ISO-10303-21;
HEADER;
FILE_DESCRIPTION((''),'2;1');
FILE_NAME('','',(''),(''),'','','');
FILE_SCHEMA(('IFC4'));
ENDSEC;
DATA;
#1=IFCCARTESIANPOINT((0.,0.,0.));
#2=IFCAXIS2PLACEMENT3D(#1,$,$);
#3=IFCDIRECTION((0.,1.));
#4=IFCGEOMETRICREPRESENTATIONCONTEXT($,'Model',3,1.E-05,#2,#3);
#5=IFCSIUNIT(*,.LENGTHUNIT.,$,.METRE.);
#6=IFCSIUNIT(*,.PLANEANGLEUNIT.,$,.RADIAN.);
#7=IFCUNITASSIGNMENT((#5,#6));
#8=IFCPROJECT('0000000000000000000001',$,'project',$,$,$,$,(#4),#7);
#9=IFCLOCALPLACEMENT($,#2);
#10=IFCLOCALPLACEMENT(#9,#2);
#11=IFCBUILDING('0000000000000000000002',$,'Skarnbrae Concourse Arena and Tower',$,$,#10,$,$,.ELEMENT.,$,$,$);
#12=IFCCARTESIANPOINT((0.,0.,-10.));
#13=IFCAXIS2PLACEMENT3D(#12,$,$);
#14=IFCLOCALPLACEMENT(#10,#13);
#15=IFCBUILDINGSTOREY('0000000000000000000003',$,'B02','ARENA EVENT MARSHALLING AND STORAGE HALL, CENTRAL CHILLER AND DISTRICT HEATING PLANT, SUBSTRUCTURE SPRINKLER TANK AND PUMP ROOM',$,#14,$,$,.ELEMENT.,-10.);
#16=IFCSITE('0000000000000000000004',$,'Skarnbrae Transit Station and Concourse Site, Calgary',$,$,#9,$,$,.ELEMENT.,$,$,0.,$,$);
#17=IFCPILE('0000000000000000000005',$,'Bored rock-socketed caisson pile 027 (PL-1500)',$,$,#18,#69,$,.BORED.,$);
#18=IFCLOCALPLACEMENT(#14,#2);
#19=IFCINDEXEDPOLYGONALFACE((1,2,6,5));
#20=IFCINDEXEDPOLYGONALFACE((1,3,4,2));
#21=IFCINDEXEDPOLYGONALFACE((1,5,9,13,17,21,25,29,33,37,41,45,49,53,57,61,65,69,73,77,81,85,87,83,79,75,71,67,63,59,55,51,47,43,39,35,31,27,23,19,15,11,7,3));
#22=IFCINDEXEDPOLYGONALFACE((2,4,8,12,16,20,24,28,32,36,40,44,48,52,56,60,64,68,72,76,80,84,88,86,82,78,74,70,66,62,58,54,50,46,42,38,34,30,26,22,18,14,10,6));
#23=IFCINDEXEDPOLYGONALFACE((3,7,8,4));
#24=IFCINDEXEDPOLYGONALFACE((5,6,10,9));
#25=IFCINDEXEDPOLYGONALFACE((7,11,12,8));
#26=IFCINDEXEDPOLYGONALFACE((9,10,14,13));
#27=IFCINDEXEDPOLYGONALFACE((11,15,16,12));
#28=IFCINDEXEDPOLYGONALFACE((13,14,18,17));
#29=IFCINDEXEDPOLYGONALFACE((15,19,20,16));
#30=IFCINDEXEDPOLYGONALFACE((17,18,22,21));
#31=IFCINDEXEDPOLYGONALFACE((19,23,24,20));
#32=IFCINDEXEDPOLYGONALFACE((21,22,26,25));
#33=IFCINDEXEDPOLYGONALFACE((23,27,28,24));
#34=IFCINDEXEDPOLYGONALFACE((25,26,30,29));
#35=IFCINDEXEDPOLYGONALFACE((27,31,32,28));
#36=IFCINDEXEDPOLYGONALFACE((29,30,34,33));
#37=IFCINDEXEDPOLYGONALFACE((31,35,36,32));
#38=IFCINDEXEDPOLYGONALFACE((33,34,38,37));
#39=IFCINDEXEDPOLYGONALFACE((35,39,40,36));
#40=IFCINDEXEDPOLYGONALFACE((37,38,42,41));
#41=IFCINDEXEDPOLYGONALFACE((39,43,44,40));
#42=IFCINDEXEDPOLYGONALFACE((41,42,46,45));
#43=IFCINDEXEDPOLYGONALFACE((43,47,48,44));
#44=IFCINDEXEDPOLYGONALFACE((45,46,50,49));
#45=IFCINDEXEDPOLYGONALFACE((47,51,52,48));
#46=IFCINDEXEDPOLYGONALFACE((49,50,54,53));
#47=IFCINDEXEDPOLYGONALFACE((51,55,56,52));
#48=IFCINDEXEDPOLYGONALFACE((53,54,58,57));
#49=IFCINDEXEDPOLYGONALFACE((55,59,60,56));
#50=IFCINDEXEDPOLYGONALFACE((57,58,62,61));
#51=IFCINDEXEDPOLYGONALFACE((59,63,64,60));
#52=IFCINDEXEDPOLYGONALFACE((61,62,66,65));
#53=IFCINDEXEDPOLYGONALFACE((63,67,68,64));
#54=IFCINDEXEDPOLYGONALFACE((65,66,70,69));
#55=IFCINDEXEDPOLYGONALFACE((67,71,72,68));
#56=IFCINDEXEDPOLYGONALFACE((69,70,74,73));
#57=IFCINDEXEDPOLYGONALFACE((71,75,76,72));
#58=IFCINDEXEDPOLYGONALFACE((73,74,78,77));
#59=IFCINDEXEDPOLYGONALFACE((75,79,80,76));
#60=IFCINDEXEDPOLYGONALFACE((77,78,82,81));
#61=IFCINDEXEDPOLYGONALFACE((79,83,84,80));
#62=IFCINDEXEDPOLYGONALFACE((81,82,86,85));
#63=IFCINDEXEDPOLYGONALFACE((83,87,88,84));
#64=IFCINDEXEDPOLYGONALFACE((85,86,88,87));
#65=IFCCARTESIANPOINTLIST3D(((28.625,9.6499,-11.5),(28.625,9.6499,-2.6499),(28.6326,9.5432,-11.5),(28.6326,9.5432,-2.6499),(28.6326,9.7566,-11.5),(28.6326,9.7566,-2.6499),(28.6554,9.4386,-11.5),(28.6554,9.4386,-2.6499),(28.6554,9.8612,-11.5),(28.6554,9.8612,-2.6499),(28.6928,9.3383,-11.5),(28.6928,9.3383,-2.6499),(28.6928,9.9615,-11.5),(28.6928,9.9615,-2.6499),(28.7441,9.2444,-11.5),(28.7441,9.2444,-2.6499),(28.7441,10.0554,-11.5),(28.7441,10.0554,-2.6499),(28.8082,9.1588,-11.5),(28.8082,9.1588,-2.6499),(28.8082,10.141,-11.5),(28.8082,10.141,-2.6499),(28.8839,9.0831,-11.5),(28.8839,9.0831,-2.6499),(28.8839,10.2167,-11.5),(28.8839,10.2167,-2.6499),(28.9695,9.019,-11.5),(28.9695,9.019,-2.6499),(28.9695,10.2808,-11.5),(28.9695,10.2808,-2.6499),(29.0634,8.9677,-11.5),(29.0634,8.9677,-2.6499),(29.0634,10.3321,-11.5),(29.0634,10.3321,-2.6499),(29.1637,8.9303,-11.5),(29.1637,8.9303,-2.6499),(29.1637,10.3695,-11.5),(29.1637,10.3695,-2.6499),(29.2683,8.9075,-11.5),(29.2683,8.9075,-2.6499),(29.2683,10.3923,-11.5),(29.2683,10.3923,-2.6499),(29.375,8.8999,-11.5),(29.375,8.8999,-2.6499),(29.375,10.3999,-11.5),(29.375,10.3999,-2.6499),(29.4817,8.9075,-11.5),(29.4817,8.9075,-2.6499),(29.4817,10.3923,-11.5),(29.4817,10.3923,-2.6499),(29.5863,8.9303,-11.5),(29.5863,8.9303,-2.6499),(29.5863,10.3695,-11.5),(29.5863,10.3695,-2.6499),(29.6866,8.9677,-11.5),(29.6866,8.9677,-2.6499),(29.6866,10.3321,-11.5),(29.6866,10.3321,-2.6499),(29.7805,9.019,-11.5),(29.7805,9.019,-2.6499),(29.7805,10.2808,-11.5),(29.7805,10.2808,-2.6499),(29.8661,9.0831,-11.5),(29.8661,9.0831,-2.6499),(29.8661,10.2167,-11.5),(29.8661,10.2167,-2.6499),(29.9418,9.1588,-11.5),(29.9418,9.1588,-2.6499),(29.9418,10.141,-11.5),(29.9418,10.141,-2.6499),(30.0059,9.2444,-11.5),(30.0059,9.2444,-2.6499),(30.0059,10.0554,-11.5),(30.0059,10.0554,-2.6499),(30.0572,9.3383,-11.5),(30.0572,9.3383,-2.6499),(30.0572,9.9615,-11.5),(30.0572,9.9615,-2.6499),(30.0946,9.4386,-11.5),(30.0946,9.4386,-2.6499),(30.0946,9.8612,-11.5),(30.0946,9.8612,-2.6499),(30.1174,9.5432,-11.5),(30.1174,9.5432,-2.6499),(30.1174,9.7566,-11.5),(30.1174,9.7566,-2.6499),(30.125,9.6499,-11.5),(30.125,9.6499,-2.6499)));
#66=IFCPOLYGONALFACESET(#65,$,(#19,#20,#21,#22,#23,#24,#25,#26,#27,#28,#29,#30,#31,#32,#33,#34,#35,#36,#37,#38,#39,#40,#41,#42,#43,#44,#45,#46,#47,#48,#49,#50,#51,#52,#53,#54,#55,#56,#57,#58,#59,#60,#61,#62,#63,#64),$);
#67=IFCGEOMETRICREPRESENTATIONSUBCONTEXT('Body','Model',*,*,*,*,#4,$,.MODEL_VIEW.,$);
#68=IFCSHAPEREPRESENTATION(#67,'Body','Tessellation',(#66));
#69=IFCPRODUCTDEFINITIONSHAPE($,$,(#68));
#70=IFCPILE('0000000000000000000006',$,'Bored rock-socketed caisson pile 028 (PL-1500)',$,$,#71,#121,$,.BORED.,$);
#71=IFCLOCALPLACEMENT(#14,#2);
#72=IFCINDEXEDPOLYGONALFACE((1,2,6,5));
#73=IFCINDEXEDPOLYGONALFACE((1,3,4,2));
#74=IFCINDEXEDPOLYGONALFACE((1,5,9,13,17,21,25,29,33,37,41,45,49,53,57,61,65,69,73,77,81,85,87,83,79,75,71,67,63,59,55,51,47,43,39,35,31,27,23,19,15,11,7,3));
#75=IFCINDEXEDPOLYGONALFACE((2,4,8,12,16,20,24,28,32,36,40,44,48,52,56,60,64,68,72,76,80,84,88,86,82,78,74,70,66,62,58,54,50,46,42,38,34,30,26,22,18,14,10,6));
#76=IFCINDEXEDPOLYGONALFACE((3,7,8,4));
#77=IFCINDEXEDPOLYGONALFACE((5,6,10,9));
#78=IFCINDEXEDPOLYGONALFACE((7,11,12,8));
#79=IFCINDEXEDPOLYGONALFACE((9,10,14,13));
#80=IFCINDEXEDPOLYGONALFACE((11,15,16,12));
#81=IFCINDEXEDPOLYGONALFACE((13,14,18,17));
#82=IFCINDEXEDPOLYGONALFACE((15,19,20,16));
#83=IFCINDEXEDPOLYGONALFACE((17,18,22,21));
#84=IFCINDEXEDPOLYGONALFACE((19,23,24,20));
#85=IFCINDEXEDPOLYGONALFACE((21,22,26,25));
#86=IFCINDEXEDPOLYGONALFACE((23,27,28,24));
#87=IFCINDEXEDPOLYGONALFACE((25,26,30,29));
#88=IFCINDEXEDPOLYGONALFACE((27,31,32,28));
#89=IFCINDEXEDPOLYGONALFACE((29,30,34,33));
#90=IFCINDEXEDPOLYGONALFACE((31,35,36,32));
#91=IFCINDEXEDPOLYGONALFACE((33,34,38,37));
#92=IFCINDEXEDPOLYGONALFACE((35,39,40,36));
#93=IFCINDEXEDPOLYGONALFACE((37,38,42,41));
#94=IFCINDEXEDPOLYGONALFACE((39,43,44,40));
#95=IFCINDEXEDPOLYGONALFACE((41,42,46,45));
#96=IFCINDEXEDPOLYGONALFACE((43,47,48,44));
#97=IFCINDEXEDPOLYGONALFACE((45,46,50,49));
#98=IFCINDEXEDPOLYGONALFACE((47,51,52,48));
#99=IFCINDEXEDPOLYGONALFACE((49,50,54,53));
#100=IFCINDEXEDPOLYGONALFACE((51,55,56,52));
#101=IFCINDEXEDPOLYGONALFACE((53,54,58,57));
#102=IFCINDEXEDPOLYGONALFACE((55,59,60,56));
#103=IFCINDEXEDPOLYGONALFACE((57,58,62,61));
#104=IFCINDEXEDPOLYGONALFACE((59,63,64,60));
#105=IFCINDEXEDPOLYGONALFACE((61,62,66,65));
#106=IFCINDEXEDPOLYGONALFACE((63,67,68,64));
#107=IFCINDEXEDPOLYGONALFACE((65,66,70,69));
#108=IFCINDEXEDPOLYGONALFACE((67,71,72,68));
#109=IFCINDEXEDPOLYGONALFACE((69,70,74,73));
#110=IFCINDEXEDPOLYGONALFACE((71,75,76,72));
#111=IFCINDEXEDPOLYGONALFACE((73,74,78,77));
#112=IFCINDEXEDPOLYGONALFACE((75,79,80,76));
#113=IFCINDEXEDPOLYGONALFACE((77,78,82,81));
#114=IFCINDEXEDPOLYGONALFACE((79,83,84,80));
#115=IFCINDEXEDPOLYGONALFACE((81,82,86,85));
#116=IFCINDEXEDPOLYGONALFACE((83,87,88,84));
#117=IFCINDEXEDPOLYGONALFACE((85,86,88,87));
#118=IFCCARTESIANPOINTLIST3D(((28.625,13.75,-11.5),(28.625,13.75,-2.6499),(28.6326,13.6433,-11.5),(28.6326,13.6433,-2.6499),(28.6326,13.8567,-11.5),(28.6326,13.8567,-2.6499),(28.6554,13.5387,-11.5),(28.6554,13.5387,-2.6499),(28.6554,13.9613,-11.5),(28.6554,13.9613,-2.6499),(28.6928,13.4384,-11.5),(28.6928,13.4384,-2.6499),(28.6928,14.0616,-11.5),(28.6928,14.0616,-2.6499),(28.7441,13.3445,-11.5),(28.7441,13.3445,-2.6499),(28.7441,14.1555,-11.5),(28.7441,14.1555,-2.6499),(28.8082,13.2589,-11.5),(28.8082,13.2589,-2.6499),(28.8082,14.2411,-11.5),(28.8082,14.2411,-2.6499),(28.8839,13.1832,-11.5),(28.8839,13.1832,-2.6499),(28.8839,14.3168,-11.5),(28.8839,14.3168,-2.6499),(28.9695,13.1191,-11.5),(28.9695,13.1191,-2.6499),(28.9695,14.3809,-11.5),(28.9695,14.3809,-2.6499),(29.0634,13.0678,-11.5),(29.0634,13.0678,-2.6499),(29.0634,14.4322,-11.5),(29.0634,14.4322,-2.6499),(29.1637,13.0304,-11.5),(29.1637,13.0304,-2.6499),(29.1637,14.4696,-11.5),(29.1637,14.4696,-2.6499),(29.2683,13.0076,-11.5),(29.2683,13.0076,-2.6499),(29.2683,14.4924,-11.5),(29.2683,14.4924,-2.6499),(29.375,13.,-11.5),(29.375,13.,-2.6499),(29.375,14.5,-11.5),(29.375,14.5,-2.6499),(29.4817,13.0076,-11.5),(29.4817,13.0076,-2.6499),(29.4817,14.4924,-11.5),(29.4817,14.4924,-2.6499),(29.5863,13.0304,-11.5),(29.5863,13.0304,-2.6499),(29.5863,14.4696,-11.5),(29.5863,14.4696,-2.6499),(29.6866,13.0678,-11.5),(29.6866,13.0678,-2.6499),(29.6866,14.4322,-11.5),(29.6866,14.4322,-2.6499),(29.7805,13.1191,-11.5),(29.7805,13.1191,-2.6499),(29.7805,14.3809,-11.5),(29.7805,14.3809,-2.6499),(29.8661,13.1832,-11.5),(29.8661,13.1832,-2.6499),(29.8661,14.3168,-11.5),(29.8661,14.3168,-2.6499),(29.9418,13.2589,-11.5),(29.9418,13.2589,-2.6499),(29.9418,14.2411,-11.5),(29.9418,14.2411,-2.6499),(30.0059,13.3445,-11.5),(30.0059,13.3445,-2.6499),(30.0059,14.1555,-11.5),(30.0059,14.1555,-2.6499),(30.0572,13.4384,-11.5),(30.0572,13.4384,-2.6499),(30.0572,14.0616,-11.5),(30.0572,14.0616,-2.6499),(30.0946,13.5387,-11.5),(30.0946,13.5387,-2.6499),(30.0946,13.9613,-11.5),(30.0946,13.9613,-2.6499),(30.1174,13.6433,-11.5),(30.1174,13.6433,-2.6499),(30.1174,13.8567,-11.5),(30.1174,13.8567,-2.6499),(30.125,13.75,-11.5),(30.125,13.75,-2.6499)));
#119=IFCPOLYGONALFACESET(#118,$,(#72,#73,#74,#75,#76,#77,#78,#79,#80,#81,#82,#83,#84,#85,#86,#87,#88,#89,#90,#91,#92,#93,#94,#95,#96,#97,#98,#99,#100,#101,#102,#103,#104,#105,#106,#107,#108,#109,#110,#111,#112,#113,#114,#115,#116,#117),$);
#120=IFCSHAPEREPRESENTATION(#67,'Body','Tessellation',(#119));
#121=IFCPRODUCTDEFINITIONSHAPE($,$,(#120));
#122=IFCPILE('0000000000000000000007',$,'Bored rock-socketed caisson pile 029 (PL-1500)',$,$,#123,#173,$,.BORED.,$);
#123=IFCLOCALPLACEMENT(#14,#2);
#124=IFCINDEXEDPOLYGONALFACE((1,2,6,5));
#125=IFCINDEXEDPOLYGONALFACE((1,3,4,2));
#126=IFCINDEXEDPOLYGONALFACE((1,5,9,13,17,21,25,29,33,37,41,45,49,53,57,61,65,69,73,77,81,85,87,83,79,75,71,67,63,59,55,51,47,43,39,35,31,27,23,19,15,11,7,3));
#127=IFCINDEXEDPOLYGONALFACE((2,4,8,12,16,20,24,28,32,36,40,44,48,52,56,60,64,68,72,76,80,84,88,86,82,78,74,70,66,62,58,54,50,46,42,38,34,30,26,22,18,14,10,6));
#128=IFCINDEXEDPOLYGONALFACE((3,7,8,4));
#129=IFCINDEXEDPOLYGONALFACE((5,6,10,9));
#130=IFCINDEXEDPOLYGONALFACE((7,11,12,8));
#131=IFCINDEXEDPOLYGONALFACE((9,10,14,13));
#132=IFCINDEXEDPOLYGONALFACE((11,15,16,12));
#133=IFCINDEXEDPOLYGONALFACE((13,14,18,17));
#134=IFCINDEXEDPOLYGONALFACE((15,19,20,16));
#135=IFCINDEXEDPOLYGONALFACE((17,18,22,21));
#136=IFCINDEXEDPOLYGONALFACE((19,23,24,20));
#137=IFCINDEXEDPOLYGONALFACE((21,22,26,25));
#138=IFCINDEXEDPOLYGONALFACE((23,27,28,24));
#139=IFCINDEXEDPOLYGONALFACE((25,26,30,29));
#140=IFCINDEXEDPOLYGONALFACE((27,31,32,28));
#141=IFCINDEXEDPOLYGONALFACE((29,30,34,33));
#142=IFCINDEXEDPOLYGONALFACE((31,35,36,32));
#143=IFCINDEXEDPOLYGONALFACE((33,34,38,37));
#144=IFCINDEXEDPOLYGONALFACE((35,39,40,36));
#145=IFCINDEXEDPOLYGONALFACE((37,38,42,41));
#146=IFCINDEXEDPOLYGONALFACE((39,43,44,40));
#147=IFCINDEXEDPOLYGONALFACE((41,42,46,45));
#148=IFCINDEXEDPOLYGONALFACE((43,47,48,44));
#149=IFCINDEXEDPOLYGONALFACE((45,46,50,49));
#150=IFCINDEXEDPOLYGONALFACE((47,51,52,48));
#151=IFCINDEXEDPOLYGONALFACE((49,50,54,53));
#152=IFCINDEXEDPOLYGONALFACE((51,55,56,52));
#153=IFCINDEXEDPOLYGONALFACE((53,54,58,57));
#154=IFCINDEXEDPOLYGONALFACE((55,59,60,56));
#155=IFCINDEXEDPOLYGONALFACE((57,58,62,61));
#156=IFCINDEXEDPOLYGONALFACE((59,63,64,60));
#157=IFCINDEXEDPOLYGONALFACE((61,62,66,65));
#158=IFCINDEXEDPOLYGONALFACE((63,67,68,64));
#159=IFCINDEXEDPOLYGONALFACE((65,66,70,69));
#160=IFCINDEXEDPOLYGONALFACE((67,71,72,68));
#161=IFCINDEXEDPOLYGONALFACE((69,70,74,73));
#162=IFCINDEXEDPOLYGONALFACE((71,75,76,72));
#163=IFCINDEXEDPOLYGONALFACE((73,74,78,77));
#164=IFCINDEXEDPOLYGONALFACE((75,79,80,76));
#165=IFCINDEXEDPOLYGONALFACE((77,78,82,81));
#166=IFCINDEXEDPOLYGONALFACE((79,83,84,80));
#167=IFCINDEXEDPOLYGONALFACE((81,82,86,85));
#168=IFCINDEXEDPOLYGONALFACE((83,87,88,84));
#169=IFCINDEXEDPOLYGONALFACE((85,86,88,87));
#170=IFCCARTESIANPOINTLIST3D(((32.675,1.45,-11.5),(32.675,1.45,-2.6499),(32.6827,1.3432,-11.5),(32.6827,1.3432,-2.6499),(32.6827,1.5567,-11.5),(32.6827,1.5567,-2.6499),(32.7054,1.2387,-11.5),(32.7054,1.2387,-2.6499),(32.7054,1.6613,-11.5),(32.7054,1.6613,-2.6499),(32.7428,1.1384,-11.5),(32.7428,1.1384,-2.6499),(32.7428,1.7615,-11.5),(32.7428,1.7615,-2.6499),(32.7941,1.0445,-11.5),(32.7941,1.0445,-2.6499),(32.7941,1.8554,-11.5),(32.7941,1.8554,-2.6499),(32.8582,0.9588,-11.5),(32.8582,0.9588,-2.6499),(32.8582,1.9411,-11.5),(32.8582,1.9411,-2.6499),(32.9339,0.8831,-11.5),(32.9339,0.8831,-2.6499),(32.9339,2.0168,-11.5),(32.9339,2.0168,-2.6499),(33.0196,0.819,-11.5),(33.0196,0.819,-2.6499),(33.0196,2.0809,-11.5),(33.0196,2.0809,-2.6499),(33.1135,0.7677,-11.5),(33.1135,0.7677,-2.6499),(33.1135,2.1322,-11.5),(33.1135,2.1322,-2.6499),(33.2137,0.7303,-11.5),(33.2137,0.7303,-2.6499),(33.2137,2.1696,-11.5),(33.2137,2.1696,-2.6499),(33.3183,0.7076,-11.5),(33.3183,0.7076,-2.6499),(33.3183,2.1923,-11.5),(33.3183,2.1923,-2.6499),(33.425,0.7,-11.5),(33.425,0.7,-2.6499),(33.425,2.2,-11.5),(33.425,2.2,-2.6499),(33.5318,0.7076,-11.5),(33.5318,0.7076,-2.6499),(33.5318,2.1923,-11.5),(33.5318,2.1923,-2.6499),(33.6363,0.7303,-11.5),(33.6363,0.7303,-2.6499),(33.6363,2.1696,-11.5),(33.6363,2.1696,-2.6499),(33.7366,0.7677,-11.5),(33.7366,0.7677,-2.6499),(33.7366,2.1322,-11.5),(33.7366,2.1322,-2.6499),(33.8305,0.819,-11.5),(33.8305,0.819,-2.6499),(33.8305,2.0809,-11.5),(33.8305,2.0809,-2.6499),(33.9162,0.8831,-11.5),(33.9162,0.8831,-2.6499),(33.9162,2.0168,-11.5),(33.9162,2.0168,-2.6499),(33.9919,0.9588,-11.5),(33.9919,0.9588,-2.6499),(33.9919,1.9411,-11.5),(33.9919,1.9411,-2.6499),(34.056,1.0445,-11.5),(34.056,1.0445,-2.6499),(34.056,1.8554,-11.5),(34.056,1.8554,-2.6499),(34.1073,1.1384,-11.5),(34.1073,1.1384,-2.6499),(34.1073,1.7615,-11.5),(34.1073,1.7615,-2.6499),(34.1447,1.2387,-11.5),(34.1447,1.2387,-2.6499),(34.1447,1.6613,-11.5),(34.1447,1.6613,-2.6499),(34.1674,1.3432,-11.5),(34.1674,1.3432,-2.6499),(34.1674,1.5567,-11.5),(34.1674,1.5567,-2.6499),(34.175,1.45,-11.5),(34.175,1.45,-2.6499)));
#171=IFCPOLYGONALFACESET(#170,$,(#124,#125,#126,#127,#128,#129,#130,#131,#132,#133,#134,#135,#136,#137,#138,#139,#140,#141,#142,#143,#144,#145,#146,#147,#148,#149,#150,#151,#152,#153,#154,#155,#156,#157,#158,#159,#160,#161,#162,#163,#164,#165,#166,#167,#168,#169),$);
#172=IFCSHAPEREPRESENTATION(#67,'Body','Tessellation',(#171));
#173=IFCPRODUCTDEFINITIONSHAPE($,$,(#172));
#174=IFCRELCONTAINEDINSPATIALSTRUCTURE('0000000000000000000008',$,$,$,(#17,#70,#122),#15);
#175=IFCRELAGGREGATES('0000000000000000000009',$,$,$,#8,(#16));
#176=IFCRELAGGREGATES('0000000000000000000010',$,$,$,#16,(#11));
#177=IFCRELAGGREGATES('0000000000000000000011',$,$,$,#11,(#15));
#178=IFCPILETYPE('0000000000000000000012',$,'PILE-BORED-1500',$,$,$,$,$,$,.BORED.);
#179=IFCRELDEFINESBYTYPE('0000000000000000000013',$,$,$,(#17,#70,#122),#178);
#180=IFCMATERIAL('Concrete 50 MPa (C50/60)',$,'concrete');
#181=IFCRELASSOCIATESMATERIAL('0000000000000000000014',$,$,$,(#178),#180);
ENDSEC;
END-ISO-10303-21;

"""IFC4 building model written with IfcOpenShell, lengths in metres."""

from ifc_helpers import new_model, si_unit, direction, frame, origin, origin_2d, place, context, subcontext, project, spatial, circle, extrude, source, transform, mapped, material, material_profile, profile_set, type_object, element, save


model = new_model("IFC4")

# Units and contexts
model_context = context("Model", 3, precision=1e-05, world=origin(), true_north=direction((0.0, 1.0)))
body_context = subcontext(model_context, "Body", "Model", "MODEL_VIEW")
ifc_project = project(units=[si_unit("LENGTHUNIT", "METRE"), si_unit("PLANEANGLEUNIT", "RADIAN")], contexts=[model_context])

# Site, building, storey
site_placement = place(None, origin())
site = spatial("IfcSite", under=ifc_project, at=site_placement, Name="Skarnbrae Transit Station and Concourse Site, Calgary", CompositionType="ELEMENT", RefElevation=0.0)
building_placement = place(site_placement, origin())
building = spatial("IfcBuilding", under=site, at=building_placement, Name="Skarnbrae Concourse Arena and Tower", CompositionType="ELEMENT")
storey_placement = place(building_placement, frame((0.0, 0.0, -10.0)))
storey = spatial("IfcBuildingStorey", under=building, at=storey_placement, Name="B02", Description="ARENA EVENT MARSHALLING AND STORAGE HALL, CENTRAL CHILLER AND DISTRICT HEATING PLANT, SUBSTRUCTURE SPRINKLER TANK AND PUMP ROOM", CompositionType="ELEMENT", Elevation=-10.0)

# Piles
ifc_material_1 = material(Name="Concrete 50 MPa (C50/60)", Category="concrete")
ifc_material_profile = material_profile(ifc_material_1, circle(Radius=0.75, at=origin_2d()), Name="CAISSON-1500")
ifc_profile_set = profile_set([ifc_material_profile], Name="Concrete 50 MPa (C50/60)")
pile_type = type_object("IfcPileType", Name="PILE-BORED-1500", PredefinedType="BORED", material=ifc_profile_set)
shared_shape_1 = source(origin(), body_context, "Body", "SweptSolid", [
    extrude(circle(Radius=0.75, at=origin_2d()), origin(), (0.0, 0.0, 1.0), 8.8501),
])
for number, where, z_axis, x_axis, name in (
    (1, (29.375, 9.6499, -2.6499), (0.0, 0.0, -1.0), (1.0, 0.0, 0.0), "Bored rock-socketed caisson pile 027 (PL-1500)"),
    (2, (29.375, 13.75, -2.6499), (0.0, 0.0, -1.0), (1.0, 0.0, 0.0), "Bored rock-socketed caisson pile 028 (PL-1500)"),
    (3, (33.425, 1.45, -2.6499), (0.0, 0.0, -1.0), (1.0, 0.0, 0.0), "Bored rock-socketed caisson pile 029 (PL-1500)"),
):
    element("IfcPile", number, at=place(storey_placement, frame(where, z_axis=z_axis, x_axis=x_axis)), inside=storey, type_object=pile_type, Name=name, PredefinedType="BORED", context=body_context, shape_type="MappedRepresentation", body=[
        mapped(shared_shape_1, transform((0.0, 0.0, 0.0))),
    ])

save(model, "model.ifc")
